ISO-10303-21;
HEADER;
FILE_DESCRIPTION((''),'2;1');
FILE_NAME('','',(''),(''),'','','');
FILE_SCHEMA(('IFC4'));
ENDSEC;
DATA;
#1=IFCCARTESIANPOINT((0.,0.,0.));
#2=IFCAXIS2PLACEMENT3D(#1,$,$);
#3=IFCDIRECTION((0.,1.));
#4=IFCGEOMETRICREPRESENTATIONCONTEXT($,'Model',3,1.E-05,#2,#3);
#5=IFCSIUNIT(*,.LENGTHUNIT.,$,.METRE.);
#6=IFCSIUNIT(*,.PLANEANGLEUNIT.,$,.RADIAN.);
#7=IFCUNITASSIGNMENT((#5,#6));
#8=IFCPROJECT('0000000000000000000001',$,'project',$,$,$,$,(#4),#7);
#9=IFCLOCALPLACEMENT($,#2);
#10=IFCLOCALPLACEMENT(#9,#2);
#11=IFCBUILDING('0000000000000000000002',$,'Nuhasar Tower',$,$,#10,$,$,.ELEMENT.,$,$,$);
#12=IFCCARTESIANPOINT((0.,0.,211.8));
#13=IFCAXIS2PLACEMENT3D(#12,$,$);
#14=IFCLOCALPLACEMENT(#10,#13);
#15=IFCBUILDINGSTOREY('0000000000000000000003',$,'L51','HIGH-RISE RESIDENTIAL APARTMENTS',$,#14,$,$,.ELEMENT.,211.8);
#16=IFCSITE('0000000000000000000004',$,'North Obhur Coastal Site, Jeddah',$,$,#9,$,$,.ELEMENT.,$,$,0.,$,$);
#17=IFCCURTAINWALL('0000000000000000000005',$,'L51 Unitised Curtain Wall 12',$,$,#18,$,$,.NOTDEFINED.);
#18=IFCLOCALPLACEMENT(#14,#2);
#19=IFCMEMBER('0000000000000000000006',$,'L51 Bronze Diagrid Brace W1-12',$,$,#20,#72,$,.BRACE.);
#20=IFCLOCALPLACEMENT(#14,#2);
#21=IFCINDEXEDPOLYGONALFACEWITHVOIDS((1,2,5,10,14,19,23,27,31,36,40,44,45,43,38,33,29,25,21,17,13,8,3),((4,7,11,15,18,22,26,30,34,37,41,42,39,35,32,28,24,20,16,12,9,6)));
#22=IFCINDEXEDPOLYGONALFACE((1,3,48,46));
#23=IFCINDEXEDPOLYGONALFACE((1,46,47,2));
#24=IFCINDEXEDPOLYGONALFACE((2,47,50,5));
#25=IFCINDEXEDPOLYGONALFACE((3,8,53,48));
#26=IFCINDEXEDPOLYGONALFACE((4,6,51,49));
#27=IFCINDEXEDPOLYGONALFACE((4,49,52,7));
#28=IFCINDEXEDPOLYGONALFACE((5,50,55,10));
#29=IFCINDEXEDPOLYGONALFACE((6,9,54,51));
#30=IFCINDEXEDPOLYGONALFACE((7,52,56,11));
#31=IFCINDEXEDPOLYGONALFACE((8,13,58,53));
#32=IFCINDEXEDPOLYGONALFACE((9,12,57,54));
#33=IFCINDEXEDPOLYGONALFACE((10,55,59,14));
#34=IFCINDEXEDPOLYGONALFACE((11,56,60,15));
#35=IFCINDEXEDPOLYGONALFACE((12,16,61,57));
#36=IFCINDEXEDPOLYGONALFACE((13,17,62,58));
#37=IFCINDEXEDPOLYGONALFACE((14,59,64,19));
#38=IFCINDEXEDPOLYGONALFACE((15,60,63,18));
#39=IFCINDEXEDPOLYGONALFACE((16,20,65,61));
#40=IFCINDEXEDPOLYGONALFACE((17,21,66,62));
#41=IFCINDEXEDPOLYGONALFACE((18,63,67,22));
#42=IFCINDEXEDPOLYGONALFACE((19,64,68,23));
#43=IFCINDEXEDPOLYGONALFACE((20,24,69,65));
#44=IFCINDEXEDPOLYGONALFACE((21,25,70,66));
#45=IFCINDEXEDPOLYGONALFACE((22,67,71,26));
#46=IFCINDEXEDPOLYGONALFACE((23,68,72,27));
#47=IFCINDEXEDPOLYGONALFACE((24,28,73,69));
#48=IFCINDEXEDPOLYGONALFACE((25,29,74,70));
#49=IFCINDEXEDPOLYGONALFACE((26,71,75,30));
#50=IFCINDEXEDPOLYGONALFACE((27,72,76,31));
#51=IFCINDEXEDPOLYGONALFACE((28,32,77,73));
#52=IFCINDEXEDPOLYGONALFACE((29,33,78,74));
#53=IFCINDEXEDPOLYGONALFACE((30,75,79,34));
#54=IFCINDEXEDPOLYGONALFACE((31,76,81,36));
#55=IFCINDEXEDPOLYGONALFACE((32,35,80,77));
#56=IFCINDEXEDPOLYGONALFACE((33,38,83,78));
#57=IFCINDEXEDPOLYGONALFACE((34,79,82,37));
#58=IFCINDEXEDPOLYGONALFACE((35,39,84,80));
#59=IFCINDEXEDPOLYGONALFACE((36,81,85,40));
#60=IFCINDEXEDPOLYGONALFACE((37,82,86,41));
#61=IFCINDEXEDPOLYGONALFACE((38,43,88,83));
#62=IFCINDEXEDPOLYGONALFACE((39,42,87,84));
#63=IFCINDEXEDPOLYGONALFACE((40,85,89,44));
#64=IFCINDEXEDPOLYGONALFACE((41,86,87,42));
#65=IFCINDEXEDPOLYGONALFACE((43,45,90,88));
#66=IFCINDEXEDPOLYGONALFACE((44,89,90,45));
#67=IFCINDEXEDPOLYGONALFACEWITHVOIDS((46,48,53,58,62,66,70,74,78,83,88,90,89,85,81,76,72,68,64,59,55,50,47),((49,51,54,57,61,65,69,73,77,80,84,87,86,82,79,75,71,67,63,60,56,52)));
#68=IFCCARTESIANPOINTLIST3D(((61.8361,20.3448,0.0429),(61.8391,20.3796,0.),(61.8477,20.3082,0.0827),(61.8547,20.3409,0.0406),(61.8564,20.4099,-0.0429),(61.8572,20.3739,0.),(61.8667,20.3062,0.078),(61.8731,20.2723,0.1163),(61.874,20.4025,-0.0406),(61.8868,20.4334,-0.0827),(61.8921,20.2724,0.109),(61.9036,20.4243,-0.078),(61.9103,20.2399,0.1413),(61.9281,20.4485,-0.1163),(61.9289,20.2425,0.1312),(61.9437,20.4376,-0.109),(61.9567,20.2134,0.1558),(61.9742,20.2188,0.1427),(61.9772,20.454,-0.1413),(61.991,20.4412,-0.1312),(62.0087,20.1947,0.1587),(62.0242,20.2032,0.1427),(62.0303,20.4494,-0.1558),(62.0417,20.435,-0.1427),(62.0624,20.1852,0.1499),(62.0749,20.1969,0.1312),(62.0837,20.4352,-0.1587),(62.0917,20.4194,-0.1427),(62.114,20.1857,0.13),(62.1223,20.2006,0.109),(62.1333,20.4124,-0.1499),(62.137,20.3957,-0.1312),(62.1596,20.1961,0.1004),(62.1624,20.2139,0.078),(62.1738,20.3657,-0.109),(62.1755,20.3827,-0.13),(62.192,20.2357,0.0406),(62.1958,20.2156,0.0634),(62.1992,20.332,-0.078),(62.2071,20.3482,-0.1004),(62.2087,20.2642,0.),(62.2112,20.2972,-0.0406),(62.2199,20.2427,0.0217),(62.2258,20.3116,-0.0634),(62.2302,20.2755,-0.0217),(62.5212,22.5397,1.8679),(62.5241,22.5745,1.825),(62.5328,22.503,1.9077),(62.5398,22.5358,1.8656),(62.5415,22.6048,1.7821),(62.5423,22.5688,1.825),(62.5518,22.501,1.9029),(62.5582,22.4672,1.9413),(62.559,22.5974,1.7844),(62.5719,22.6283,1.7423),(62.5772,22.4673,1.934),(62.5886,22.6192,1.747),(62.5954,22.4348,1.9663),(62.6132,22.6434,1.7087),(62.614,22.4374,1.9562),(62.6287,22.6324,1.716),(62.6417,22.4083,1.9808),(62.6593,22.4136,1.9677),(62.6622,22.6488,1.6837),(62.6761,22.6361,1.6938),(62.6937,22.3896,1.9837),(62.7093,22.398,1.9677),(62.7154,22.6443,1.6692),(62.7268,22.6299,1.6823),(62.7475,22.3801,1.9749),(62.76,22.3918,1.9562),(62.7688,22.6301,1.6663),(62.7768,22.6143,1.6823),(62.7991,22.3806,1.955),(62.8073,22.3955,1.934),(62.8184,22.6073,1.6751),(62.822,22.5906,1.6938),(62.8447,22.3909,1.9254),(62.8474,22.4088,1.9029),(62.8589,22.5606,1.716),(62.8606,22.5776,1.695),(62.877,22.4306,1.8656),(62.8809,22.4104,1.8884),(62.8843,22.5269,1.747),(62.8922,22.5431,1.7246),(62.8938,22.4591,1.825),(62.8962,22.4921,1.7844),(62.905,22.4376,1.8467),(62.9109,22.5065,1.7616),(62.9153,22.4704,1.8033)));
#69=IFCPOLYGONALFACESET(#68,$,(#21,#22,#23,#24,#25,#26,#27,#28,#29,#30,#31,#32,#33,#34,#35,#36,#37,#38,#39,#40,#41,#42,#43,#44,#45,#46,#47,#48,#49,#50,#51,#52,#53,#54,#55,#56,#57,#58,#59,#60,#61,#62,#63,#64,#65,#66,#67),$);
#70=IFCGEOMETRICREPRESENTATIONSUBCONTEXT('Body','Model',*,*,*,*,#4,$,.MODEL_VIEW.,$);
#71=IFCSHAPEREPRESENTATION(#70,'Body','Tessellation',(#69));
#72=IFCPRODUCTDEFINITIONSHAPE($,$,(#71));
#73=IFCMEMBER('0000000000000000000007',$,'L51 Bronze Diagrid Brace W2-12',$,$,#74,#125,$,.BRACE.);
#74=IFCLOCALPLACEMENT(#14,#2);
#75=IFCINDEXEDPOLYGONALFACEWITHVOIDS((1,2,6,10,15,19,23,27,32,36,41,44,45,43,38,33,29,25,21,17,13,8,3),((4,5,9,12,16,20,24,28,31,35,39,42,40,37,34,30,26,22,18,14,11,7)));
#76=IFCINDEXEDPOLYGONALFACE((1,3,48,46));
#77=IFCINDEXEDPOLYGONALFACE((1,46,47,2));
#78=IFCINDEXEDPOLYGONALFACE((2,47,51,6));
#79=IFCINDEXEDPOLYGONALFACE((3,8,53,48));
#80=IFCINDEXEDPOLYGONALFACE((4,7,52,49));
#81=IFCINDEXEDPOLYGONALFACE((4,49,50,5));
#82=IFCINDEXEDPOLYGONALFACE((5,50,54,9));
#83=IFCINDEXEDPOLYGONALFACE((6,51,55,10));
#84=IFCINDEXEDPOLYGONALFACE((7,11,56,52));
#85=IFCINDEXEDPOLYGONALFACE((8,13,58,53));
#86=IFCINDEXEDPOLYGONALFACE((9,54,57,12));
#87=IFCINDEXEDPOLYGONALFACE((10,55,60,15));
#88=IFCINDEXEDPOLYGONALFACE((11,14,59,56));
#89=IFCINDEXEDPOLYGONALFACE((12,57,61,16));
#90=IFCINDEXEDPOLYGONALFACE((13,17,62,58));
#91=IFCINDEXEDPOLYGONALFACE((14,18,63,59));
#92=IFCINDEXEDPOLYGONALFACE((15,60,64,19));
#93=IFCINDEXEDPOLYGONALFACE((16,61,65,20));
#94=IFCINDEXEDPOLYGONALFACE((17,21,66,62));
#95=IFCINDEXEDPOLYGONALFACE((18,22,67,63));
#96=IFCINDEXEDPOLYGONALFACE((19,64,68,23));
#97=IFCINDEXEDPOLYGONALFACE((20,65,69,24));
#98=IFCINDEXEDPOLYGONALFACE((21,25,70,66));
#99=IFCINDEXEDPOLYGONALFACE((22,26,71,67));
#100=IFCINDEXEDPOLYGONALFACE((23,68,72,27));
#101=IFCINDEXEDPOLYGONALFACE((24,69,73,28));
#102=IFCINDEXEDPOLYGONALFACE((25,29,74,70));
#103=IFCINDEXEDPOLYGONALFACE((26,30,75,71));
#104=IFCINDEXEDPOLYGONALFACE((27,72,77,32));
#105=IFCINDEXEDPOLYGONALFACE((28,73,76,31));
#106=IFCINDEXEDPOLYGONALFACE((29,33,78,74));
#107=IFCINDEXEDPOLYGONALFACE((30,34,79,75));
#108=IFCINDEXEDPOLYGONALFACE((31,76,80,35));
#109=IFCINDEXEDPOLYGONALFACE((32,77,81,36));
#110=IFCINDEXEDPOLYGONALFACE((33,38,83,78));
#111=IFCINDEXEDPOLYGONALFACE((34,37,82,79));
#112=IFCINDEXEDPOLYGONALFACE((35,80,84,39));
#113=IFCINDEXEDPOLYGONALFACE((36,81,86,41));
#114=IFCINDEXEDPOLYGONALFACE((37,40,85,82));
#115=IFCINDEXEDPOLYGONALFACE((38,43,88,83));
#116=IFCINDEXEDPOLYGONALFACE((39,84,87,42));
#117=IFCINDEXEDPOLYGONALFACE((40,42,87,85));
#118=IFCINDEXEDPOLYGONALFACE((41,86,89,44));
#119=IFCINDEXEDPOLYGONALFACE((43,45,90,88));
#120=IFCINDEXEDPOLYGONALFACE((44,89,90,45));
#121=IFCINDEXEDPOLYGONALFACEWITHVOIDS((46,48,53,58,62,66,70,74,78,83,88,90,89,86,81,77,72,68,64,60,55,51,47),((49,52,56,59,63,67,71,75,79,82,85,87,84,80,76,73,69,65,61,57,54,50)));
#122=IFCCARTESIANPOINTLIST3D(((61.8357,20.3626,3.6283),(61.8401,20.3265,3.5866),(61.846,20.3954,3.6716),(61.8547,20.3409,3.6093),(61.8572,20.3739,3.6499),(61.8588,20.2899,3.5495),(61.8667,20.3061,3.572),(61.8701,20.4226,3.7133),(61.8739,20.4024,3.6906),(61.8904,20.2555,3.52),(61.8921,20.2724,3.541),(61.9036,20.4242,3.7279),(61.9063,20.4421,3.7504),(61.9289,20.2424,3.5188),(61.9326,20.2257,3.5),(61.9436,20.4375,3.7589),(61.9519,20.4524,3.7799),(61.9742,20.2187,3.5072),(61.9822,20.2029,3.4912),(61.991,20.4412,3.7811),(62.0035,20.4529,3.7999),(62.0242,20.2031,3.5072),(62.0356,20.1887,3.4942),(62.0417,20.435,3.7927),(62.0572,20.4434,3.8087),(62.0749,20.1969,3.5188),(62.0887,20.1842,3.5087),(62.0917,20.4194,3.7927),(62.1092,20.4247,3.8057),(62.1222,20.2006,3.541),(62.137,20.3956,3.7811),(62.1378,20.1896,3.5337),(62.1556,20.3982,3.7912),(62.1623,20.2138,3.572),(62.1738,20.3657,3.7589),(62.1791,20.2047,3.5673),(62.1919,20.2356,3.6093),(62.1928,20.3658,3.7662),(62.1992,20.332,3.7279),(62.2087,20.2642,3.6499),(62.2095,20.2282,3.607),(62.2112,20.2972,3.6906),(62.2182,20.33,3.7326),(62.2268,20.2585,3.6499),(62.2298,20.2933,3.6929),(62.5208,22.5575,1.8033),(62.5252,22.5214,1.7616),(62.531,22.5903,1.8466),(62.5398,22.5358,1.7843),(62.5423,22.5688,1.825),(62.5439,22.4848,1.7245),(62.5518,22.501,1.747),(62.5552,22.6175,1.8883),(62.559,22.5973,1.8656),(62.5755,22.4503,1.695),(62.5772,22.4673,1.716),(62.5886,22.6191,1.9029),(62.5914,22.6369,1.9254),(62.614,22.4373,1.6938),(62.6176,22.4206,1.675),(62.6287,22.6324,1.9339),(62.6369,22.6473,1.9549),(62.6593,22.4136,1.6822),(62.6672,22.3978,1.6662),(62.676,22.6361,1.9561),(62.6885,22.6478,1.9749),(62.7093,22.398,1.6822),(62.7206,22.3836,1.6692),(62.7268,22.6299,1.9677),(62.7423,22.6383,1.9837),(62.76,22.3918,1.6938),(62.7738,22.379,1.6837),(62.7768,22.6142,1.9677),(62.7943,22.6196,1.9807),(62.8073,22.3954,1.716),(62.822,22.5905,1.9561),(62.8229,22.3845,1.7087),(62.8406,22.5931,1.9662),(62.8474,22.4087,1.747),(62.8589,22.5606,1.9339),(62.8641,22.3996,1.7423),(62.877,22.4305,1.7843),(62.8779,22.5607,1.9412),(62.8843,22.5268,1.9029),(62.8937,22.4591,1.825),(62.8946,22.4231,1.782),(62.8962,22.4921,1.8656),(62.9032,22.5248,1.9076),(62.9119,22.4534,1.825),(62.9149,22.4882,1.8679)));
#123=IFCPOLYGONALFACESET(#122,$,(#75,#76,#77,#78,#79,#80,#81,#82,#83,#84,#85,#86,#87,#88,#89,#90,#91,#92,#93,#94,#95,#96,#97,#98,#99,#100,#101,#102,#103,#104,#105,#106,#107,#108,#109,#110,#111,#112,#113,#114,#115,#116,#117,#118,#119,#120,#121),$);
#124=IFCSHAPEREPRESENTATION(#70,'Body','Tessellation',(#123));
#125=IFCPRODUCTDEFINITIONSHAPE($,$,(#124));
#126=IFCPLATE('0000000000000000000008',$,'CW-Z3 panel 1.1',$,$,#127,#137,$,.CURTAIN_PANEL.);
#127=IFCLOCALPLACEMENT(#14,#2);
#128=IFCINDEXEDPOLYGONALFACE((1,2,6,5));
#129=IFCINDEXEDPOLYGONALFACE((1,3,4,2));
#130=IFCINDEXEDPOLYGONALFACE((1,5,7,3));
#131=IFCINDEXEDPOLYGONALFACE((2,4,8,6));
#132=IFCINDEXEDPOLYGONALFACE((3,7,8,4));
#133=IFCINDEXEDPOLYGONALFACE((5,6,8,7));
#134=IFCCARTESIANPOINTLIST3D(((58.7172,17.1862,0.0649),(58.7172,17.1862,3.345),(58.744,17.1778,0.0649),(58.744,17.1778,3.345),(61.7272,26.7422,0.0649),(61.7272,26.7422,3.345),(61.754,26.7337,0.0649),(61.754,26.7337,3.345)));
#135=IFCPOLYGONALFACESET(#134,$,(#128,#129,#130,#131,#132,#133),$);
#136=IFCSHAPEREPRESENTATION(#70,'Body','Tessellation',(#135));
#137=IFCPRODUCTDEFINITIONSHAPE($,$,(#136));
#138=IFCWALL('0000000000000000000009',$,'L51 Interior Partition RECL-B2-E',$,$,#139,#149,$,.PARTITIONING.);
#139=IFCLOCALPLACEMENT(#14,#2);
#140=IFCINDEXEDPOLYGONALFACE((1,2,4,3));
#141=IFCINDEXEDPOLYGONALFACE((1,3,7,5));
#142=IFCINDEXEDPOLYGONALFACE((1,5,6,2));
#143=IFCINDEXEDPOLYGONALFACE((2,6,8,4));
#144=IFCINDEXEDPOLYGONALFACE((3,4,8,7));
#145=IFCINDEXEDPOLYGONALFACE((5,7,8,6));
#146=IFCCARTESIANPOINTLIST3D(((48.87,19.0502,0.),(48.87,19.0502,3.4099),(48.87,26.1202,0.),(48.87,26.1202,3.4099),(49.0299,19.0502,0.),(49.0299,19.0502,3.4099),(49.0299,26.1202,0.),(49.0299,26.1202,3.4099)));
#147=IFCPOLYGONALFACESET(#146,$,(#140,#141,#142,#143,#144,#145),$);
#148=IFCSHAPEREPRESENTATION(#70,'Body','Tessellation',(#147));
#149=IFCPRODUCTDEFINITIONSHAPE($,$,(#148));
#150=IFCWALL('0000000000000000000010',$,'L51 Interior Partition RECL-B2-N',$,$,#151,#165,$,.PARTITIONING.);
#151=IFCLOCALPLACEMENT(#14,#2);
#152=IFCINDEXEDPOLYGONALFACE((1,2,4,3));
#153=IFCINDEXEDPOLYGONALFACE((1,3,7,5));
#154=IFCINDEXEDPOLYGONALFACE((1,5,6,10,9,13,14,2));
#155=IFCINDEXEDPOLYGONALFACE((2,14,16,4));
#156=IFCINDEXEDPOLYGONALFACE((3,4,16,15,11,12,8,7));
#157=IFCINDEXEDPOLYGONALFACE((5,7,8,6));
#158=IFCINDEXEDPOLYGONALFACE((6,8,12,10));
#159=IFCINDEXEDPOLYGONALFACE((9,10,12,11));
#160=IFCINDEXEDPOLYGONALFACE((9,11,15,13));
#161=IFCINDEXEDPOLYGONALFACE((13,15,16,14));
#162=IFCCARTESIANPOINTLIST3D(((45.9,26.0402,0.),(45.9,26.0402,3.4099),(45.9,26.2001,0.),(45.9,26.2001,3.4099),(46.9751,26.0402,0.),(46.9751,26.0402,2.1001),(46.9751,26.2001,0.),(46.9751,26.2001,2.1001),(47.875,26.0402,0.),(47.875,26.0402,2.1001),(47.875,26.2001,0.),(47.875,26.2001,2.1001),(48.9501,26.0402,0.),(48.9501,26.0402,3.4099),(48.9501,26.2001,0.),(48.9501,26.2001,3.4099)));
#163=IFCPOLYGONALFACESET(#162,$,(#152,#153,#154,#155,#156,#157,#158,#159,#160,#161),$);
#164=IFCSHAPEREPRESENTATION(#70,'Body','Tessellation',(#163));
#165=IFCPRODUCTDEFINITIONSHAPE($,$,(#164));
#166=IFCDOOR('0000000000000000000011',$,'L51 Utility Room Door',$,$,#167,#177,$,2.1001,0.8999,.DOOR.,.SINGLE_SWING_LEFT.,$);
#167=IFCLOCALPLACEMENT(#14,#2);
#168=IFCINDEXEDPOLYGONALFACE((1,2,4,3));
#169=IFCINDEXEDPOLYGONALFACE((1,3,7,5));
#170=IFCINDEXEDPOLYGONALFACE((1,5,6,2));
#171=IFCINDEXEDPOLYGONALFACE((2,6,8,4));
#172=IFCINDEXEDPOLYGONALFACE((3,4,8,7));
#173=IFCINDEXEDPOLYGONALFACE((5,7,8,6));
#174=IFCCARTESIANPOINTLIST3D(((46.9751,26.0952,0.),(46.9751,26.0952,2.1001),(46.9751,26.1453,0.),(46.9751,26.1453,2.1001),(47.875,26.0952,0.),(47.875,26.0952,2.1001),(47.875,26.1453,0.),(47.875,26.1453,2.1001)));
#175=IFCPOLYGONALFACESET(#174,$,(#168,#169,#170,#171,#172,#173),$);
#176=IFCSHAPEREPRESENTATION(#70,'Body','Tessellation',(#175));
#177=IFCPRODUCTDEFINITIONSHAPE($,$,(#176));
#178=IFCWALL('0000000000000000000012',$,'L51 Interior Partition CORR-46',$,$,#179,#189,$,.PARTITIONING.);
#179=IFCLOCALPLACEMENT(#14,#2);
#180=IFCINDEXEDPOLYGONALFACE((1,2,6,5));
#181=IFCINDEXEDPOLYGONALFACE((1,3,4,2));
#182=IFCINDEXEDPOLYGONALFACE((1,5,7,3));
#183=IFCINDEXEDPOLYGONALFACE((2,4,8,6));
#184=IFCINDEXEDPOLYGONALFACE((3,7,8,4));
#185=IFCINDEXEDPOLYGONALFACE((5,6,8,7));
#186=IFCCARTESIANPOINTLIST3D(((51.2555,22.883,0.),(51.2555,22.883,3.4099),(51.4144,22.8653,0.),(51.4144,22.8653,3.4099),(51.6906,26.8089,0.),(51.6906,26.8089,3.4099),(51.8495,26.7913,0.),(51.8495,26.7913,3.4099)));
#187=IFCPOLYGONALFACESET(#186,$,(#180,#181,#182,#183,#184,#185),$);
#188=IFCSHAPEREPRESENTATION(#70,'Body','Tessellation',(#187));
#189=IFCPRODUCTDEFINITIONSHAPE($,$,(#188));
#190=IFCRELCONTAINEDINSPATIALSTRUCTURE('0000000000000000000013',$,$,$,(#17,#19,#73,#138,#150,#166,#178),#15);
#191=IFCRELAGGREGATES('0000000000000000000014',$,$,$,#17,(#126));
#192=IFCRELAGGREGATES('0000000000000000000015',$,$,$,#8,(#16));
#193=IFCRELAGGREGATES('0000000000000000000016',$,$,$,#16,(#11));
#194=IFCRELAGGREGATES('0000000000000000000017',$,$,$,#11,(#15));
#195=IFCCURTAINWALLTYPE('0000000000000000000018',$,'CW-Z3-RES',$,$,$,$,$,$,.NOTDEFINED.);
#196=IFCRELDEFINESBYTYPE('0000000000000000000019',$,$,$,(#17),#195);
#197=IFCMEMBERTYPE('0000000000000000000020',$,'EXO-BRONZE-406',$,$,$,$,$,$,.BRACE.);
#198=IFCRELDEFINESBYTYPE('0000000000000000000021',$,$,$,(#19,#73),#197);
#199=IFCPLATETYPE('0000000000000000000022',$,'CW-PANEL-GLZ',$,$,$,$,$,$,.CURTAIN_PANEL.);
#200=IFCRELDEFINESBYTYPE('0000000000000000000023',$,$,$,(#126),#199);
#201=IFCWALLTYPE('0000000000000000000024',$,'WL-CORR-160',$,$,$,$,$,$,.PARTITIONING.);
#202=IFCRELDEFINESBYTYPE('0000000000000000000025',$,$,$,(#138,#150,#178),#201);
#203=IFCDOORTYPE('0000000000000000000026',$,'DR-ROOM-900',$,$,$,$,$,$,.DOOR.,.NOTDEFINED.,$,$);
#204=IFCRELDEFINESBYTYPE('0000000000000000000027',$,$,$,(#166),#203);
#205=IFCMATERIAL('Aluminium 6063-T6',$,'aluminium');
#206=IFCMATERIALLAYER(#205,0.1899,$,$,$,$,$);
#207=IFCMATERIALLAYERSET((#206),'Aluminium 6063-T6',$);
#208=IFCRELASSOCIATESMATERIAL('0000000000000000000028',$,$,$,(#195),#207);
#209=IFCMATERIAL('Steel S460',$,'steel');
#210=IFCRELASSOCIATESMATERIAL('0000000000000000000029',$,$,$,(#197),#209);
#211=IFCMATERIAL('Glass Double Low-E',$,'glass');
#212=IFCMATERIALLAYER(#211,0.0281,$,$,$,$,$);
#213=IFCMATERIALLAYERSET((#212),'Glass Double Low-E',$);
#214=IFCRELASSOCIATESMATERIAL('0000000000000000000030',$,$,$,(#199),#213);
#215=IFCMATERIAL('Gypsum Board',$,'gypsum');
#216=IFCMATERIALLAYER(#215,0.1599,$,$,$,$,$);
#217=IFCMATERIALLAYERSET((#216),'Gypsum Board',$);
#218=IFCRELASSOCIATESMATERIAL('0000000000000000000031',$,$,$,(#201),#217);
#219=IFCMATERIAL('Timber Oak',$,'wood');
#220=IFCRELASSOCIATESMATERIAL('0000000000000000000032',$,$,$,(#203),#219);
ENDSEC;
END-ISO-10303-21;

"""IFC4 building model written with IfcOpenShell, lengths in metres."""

from ifc_helpers import new_model, si_unit, direction, frame, frame_2d, origin, origin_2d, place, context, subcontext, project, spatial, rectangle, hollow_circle, extrude, material, layer, layer_set, material_profile, profile_set, type_object, element, fill, aggregate, save


model = new_model("IFC4")

# Units and contexts
model_context = context("Model", 3, precision=1e-05, world=origin(), true_north=direction((0.0, 1.0)))
body_context = subcontext(model_context, "Body", "Model", "MODEL_VIEW")
ifc_project = project(units=[si_unit("LENGTHUNIT", "METRE"), si_unit("PLANEANGLEUNIT", "RADIAN")], contexts=[model_context])

# Site, building, storey
site_placement = place(None, origin())
site = spatial("IfcSite", under=ifc_project, at=site_placement, Name="North Obhur Coastal Site, Jeddah", CompositionType="ELEMENT", RefElevation=0.0)
building_placement = place(site_placement, origin())
building = spatial("IfcBuilding", under=site, at=building_placement, Name="Nuhasar Tower", CompositionType="ELEMENT")
storey_placement = place(building_placement, frame((0.0, 0.0, 211.8)))
storey = spatial("IfcBuildingStorey", under=building, at=storey_placement, Name="L51", Description="HIGH-RISE RESIDENTIAL APARTMENTS", CompositionType="ELEMENT", Elevation=211.8)

# Curtain wall
ifc_material_1 = material(Name="Aluminium 6063-T6", Category="aluminium")
ifc_layer_1 = layer(ifc_material_1, 0.1899)
ifc_layer_set_1 = layer_set([ifc_layer_1], Name="Aluminium 6063-T6")
curtain_wall_type = type_object("IfcCurtainWallType", Name="CW-Z3-RES", PredefinedType="NOTDEFINED", material=ifc_layer_set_1)
curtain_wall_placement = place(storey_placement, origin())
curtain_wall = element("IfcCurtainWall", 1, at=curtain_wall_placement, inside=storey, type_object=curtain_wall_type, Name="L51 Unitised Curtain Wall 12", PredefinedType="NOTDEFINED")

# Members
ifc_material_2 = material(Name="Steel S460", Category="steel")
ifc_material_profile_1 = material_profile(ifc_material_2, hollow_circle(Radius=0.2031, WallThickness=0.019, at=origin_2d()), Name="HSS406.4X19.1")
ifc_profile_set_1 = profile_set([ifc_material_profile_1], Name="Steel S460")
member_type_1 = type_object("IfcMemberType", Name="EXO-BRONZE-406", PredefinedType="BRACE", material=ifc_profile_set_1)
for number, where, z_axis, x_axis, name in (
    (2, (62.033, 20.3191, 0.0), (0.233372, 0.74769, 0.621689), (-0.954582, 0.297948, 0.0), "L51 Bronze Diagrid Brace W1-12"),
    (3, (62.718, 22.5139, 1.825), (-0.233372, -0.74769, 0.621689), (0.954582, -0.297948, 0.0), "L51 Bronze Diagrid Brace W2-12"),
):
    element("IfcMember", number, at=place(storey_placement, frame(where, z_axis=z_axis, x_axis=x_axis)), inside=storey, type_object=member_type_1, Name=name, PredefinedType="BRACE", context=body_context, shape_type="SweptSolid", body=[
        extrude(hollow_circle(Radius=0.2031, WallThickness=0.019, at=origin_2d()), origin(), (0.0, 0.0, 1.0), 2.9355),
    ])

# Plate
ifc_material_3 = material(Name="Glass Double Low-E", Category="glass")
ifc_layer_2 = layer(ifc_material_3, 0.0281)
ifc_layer_set_2 = layer_set([ifc_layer_2], Name="Glass Double Low-E")
plate_type = type_object("IfcPlateType", Name="CW-PANEL-GLZ", PredefinedType="CURTAIN_PANEL", material=ifc_layer_set_2)
plate_placement = place(storey_placement, frame((60.2356, 21.96, 0.0649), z_axis=(0.0, 0.0, 1.0), x_axis=(0.300429, 0.953804, 0.0)))
plate = element("IfcPlate", 4, at=plate_placement, type_object=plate_type, Name="CW-Z3 panel 1.1", PredefinedType="CURTAIN_PANEL", context=body_context, shape_type="SweptSolid", body=[
    extrude(rectangle(XDim=10.0188, YDim=0.0281, at=origin_2d()), origin(), (0.0, 0.0, 1.0), 3.28),
])
aggregate(curtain_wall, [plate])

# Wall
ifc_material_4 = material(Name="Gypsum Board", Category="gypsum")
ifc_layer_3 = layer(ifc_material_4, 0.1599)
ifc_layer_set_3 = layer_set([ifc_layer_3], Name="Gypsum Board")
wall_type_1 = type_object("IfcWallType", Name="WL-CORR-160", PredefinedType="PARTITIONING", material=ifc_layer_set_3)
wall_1_placement = place(storey_placement, frame((48.95, 19.05, 0.0), z_axis=(0.0, 0.0, 1.0), x_axis=(0.0, 1.0, 0.0)))
element("IfcWall", 5, at=wall_1_placement, inside=storey, type_object=wall_type_1, Name="L51 Interior Partition RECL-B2-E", PredefinedType="PARTITIONING", context=body_context, shape_type="SweptSolid", body=[
    extrude(rectangle(XDim=7.0701, YDim=0.1599, at=frame_2d((3.5352, 0.0))), origin(), (0.0, 0.0, 1.0), 3.4099),
])

# Wall, opening, door
wall_2_placement = place(storey_placement, frame((48.95, 26.1201, 0.0), z_axis=(0.0, 0.0, 1.0), x_axis=(-1.0, 0.0, 0.0)))
wall_2 = element("IfcWall", 6, at=wall_2_placement, inside=storey, type_object=wall_type_1, Name="L51 Interior Partition RECL-B2-N", PredefinedType="PARTITIONING", context=body_context, shape_type="SweptSolid", body=[
    extrude(rectangle(XDim=3.05, YDim=0.1599, at=frame_2d((1.5249, 0.0))), origin(), (0.0, 0.0, 1.0), 3.4099),
])
opening_1_placement = place(wall_2_placement, frame((1.075, 0.0, 0.0)))
opening_1 = element("IfcOpeningElement", 7, at=opening_1_placement, cuts=wall_2, PredefinedType="OPENING", context=body_context, shape_type="SweptSolid", body=[
    extrude(rectangle(XDim=0.8999, YDim=2.1001, at=frame_2d((0.45, 1.05))), frame((0.0, 0.0898, 0.0), z_axis=(0.0, -1.0, 0.0), x_axis=(1.0, 0.0, 0.0)), (0.0, 0.0, 1.0), 0.1799),
])
ifc_material_5 = material(Name="Timber Oak", Category="wood")
door_type_1 = type_object("IfcDoorType", Name="DR-ROOM-900", OperationType="NOTDEFINED", PredefinedType="DOOR", material=ifc_material_5)
door_1_placement = place(opening_1_placement, origin())
door_1 = element("IfcDoor", 8, at=door_1_placement, inside=storey, type_object=door_type_1, Name="L51 Utility Room Door", OperationType="SINGLE_SWING_LEFT", OverallHeight=2.1001, OverallWidth=0.8999, PredefinedType="DOOR", context=body_context, shape_type="SweptSolid", body=[
    extrude(rectangle(XDim=0.8999, YDim=2.1001, at=frame_2d((0.45, 1.05))), frame((0.0, 0.0249, 0.0), z_axis=(0.0, -1.0, 0.0), x_axis=(1.0, 0.0, 0.0)), (0.0, 0.0, 1.0), 0.05),
])
fill(opening_1, door_1)

# Wall
wall_3_placement = place(storey_placement, frame((51.335, 22.874, 0.0), z_axis=(0.0, 0.0, 1.0), x_axis=(0.11014, 0.993916, 0.0)))
element("IfcWall", 9, at=wall_3_placement, inside=storey, type_object=wall_type_1, Name="L51 Interior Partition CORR-46", PredefinedType="PARTITIONING", context=body_context, shape_type="SweptSolid", body=[
    extrude(rectangle(XDim=3.95, YDim=0.1599, at=frame_2d((1.9751, 0.0))), origin(), (0.0, 0.0, 1.0), 3.4099),
])

save(model, "model.ifc")
